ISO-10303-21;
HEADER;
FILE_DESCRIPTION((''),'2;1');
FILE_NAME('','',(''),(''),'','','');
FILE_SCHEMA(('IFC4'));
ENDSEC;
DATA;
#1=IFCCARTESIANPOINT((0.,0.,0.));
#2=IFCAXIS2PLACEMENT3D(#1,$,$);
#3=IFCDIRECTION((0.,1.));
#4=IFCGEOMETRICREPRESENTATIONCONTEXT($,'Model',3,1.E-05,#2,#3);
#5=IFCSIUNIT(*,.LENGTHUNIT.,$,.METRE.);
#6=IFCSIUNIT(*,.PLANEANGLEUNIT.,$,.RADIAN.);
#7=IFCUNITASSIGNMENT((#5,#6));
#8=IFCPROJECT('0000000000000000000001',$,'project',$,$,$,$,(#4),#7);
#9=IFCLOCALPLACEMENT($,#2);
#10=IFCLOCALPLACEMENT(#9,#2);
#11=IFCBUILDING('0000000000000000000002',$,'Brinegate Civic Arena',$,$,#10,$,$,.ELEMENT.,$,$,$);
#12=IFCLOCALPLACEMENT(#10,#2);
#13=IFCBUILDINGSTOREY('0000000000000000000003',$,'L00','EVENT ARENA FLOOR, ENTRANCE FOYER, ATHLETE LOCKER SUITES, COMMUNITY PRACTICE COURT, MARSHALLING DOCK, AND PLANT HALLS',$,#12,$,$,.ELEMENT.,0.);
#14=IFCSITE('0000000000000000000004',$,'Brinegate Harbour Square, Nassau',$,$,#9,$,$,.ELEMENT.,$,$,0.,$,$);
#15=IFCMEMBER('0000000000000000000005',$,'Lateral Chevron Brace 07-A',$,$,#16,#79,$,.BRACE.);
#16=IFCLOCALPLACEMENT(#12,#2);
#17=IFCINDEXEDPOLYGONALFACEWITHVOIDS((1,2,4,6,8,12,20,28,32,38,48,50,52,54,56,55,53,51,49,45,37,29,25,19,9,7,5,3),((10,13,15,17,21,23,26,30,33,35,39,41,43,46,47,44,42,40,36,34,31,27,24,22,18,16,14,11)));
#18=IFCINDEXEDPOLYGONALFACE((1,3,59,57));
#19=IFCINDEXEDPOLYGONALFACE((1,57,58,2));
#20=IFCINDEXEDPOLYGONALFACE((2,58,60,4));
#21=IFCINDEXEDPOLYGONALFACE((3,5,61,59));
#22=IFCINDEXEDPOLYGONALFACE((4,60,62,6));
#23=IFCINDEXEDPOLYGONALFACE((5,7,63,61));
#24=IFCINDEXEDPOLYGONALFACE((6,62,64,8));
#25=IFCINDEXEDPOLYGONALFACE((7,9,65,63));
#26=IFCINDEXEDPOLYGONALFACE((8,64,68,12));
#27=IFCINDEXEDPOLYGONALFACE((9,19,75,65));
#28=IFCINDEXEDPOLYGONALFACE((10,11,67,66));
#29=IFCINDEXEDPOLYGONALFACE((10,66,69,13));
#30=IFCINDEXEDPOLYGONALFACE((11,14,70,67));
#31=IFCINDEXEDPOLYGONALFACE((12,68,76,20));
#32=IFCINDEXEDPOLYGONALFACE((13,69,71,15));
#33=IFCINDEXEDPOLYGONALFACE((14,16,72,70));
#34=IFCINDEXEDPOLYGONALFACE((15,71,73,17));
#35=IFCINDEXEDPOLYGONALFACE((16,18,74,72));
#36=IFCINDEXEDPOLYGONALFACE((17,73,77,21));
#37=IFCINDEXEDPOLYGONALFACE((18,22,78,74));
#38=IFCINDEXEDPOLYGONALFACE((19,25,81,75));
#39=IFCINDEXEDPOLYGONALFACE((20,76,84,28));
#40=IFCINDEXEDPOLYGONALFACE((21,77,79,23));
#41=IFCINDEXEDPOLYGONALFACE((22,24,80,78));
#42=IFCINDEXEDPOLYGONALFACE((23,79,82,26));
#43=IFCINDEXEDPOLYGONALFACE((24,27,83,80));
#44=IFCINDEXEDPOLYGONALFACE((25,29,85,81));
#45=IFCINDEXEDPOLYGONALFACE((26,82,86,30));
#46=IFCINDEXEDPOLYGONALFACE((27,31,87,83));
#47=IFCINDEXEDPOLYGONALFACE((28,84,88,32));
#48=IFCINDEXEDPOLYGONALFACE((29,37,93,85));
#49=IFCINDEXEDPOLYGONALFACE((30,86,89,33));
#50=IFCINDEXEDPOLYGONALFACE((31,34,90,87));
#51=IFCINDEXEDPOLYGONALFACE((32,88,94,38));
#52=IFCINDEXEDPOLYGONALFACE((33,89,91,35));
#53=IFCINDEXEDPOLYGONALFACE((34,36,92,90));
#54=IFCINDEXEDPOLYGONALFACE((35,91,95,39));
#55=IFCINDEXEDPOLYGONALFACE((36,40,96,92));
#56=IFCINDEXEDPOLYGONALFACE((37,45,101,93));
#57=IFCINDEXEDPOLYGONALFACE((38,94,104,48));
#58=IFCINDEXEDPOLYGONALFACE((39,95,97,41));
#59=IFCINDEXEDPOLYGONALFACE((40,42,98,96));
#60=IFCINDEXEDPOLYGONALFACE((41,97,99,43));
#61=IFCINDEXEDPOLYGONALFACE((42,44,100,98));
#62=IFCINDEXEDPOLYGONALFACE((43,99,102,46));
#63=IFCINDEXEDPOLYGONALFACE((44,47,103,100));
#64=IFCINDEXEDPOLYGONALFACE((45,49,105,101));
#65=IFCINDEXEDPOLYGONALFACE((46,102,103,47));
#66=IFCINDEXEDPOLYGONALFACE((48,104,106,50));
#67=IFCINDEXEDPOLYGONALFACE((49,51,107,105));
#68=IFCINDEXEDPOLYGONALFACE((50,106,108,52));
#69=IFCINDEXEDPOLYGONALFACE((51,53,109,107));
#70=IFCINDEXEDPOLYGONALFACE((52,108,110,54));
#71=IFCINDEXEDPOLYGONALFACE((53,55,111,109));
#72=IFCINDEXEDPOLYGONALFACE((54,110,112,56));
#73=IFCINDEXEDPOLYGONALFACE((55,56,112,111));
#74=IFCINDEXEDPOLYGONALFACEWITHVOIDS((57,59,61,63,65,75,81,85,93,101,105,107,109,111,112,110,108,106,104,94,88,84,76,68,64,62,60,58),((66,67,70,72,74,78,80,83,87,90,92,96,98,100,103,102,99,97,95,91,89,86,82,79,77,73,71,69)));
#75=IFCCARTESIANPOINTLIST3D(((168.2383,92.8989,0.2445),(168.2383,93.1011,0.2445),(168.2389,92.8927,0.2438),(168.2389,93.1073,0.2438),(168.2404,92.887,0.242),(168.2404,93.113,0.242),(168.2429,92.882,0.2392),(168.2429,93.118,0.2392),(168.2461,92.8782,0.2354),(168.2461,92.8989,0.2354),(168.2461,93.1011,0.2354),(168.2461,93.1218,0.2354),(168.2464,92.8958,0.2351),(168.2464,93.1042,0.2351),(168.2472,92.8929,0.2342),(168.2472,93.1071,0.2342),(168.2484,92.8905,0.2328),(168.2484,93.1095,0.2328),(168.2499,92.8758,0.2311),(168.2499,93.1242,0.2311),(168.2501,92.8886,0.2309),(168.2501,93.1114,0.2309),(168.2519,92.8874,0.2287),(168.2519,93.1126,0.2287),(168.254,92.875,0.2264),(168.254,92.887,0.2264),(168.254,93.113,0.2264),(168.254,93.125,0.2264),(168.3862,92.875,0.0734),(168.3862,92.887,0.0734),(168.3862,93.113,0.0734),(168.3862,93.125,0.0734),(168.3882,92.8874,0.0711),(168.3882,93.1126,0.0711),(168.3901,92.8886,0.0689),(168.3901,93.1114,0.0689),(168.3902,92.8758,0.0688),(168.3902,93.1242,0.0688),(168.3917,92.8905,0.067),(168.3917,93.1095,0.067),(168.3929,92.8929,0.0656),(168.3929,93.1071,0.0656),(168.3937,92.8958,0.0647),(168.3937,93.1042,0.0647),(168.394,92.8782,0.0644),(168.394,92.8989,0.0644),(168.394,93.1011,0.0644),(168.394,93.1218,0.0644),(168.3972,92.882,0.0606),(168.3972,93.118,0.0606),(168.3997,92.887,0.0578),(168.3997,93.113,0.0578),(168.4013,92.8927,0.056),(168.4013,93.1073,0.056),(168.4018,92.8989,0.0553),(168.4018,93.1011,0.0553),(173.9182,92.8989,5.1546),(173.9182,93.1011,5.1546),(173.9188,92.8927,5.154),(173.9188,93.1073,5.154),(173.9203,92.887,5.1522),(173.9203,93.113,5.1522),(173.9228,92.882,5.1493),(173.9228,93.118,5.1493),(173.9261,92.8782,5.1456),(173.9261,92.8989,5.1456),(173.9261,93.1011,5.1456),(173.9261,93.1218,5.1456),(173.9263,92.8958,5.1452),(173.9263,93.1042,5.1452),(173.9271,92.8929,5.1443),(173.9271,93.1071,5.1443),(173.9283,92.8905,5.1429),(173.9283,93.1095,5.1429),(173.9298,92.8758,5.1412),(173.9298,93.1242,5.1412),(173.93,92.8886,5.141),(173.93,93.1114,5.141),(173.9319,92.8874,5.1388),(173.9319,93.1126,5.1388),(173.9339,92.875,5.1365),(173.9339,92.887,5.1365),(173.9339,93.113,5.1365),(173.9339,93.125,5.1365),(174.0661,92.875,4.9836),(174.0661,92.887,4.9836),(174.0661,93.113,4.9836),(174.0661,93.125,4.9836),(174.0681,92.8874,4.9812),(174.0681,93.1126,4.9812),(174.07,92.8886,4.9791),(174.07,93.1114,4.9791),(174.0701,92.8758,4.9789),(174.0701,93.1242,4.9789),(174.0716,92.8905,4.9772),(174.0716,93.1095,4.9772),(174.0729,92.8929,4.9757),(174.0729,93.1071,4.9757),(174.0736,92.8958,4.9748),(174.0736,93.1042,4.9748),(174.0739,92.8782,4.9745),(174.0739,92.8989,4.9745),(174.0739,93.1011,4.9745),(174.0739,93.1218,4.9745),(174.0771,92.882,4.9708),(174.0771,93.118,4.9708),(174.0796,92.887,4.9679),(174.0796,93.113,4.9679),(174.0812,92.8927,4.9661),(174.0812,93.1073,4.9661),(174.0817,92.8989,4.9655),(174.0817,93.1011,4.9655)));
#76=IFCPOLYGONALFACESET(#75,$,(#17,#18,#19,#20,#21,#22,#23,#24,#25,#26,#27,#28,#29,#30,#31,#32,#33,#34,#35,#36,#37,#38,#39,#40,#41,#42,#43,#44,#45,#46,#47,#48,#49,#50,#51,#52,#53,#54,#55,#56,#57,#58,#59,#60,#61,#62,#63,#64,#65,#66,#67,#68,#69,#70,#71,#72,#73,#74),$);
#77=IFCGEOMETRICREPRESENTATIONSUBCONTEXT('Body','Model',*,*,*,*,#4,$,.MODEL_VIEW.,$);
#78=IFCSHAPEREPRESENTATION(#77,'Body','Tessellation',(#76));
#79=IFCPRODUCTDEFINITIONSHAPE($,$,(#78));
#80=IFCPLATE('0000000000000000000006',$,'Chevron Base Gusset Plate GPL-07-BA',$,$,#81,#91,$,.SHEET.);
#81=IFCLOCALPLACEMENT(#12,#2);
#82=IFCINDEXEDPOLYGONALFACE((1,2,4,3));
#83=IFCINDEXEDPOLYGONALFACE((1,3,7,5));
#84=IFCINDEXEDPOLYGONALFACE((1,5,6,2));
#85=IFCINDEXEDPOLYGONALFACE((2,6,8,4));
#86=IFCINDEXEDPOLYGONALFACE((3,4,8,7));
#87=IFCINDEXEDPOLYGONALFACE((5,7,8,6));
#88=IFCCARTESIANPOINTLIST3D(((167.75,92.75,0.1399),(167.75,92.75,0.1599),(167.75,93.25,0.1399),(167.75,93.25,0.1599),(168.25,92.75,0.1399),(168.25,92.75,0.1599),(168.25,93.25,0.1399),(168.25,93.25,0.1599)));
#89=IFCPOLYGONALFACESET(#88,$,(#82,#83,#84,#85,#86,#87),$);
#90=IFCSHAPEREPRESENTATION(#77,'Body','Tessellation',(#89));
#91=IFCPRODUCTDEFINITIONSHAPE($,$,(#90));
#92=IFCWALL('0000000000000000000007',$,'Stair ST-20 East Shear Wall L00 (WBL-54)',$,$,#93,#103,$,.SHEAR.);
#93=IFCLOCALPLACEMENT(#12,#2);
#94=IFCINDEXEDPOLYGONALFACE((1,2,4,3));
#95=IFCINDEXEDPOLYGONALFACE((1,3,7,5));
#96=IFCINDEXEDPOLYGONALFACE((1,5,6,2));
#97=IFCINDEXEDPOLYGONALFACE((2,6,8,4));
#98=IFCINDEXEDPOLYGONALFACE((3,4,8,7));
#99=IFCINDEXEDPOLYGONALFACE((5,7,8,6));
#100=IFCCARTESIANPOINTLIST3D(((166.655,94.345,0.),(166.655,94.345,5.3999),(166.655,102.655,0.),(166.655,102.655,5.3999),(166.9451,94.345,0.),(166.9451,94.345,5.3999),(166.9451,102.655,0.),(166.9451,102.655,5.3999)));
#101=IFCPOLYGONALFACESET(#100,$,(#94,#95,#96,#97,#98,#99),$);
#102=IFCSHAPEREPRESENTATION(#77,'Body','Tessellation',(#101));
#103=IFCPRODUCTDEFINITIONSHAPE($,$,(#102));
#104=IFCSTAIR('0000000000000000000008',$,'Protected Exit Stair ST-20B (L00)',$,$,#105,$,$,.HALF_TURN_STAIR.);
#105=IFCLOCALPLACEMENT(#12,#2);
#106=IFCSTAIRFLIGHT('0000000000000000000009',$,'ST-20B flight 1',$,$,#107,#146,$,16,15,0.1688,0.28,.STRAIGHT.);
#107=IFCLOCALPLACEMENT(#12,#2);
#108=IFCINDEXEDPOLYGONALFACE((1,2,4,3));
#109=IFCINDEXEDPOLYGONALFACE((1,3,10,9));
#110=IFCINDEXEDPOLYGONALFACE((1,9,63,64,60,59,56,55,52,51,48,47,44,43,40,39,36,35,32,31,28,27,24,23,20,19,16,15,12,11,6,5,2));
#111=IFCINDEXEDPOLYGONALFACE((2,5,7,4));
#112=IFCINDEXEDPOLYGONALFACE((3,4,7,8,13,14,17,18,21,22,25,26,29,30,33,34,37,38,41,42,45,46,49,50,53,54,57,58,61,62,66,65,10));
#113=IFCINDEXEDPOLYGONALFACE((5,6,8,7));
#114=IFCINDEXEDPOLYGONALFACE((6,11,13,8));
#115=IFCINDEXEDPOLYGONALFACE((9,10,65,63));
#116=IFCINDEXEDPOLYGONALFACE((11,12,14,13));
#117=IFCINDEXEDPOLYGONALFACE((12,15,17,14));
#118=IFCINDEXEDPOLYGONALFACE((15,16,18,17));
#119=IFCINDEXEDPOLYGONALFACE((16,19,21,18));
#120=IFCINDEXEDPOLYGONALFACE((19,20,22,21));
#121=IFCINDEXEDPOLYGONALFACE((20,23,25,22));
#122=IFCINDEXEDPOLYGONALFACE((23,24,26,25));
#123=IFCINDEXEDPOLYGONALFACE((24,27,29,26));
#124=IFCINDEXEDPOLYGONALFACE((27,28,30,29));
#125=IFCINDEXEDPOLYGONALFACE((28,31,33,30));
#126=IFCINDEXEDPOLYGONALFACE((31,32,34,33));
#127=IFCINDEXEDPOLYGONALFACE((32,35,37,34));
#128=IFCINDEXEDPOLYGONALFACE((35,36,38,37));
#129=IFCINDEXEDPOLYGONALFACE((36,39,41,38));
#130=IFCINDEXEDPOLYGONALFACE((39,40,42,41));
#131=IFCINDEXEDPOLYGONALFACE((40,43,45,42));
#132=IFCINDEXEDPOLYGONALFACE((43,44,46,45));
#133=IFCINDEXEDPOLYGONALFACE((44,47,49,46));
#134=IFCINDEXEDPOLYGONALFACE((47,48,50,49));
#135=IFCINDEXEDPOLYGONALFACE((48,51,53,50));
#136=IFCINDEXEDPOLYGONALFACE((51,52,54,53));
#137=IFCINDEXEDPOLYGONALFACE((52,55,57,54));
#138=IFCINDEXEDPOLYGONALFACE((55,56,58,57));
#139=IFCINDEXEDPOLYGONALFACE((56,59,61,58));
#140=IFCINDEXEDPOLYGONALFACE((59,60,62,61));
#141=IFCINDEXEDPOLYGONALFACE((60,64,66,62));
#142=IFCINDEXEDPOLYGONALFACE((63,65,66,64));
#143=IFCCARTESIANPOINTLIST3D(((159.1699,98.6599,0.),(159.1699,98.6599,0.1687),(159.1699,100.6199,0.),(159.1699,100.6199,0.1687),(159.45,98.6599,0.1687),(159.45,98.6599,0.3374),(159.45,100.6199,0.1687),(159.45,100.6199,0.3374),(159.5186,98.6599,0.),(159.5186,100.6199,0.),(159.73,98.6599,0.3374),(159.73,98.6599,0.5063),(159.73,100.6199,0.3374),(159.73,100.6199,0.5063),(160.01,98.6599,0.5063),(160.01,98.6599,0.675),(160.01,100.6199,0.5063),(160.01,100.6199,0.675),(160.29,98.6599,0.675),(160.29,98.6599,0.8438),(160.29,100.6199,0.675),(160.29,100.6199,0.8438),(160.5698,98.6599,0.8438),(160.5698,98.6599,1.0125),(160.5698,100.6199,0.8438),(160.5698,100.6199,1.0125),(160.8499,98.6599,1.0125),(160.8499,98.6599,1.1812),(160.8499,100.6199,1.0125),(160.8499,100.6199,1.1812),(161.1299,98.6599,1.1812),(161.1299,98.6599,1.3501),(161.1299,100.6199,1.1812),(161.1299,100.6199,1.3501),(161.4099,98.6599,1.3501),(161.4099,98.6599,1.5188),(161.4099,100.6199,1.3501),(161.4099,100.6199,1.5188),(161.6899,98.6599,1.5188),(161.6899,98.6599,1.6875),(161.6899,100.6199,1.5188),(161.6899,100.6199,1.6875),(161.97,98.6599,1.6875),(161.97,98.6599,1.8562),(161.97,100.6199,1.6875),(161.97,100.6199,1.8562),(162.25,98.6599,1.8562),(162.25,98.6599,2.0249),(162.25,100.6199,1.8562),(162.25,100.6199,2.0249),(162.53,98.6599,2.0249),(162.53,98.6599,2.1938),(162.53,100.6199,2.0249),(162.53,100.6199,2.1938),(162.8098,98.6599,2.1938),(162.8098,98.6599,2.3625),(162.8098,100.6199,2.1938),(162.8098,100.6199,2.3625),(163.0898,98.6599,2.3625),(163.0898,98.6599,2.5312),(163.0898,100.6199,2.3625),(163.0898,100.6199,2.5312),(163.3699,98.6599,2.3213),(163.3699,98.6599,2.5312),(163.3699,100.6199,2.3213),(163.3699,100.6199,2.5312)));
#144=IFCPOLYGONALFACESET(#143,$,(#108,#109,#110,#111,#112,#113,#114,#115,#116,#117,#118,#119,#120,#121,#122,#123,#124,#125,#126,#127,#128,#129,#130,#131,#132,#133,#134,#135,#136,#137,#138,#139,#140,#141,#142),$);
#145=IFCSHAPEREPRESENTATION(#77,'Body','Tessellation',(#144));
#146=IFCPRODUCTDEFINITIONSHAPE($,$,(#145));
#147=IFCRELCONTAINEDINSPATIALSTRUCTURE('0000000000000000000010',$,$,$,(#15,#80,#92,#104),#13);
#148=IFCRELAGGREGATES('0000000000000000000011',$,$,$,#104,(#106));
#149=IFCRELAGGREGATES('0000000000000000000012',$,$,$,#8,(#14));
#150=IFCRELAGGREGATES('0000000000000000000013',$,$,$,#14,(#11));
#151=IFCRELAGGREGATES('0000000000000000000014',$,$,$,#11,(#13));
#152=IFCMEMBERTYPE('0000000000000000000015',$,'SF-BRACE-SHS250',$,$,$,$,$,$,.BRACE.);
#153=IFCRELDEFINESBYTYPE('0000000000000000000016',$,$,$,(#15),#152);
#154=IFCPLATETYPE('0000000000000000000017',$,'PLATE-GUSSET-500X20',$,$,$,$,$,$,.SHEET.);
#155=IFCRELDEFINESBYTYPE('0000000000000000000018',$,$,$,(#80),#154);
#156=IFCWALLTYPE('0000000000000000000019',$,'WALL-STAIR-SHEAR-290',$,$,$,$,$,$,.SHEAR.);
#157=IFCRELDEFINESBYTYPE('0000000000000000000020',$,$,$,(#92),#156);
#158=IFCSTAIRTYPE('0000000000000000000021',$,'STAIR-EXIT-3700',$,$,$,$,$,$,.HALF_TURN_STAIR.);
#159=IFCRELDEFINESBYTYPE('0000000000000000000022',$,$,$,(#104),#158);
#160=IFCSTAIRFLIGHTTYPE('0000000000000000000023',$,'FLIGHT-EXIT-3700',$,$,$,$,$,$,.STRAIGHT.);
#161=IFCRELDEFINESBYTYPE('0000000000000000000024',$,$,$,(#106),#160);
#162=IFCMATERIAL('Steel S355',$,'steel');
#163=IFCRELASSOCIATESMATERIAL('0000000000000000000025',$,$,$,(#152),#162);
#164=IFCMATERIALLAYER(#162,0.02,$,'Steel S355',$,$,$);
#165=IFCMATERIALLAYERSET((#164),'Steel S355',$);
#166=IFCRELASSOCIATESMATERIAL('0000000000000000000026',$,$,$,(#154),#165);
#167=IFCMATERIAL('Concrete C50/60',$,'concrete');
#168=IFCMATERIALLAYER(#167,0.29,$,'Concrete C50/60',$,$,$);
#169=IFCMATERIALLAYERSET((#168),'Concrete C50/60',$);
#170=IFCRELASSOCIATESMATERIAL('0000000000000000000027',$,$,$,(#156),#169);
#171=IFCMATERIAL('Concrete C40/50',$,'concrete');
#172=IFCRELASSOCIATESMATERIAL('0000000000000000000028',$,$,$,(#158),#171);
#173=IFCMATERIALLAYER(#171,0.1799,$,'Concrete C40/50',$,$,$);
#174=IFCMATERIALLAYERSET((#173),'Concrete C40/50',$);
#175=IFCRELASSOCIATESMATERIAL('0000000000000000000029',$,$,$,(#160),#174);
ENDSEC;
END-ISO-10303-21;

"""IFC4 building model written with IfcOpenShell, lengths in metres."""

from ifc_helpers import new_model, si_unit, direction, frame, frame_2d, origin, origin_2d, place, context, subcontext, project, spatial, polyline, rectangle, hollow_rectangle, outline, extrude, material, layer, layer_set, material_profile, profile_set, type_object, element, aggregate, save


model = new_model("IFC4")

# Units and contexts
model_context = context("Model", 3, precision=1e-05, world=origin(), true_north=direction((0.0, 1.0)))
body_context = subcontext(model_context, "Body", "Model", "MODEL_VIEW")
ifc_project = project(units=[si_unit("LENGTHUNIT", "METRE"), si_unit("PLANEANGLEUNIT", "RADIAN")], contexts=[model_context])

# Site, building, storey
site_placement = place(None, origin())
site = spatial("IfcSite", under=ifc_project, at=site_placement, Name="Brinegate Harbour Square, Nassau", CompositionType="ELEMENT", RefElevation=0.0)
building_placement = place(site_placement, origin())
building = spatial("IfcBuilding", under=site, at=building_placement, Name="Brinegate Civic Arena", CompositionType="ELEMENT")
storey_placement = place(building_placement, origin())
storey = spatial("IfcBuildingStorey", under=building, at=storey_placement, Name="L00", Description="EVENT ARENA FLOOR, ENTRANCE FOYER, ATHLETE LOCKER SUITES, COMMUNITY PRACTICE COURT, MARSHALLING DOCK, AND PLANT HALLS", CompositionType="ELEMENT", Elevation=0.0)

# Shared definitions
ifc_material_1 = material(Name="Concrete C40/50", Category="concrete")

# Shared definitions
ifc_material_2 = material(Name="Steel S355", Category="steel")

# Member
ifc_material_profile_1 = material_profile(ifc_material_2, hollow_rectangle(XDim=0.25, YDim=0.25, WallThickness=0.012, InnerFilletRadius=0.012, OuterFilletRadius=0.0239, at=origin_2d()), Name="SHS250X12")
ifc_profile_set_1 = profile_set([ifc_material_profile_1], Name="Steel S355")
member_type = type_object("IfcMemberType", Name="SF-BRACE-SHS250", PredefinedType="BRACE", material=ifc_profile_set_1)
member_placement = place(storey_placement, frame((168.3201, 93.0, 0.1499), z_axis=(0.756509, 0.0, 0.653983), x_axis=(0.0, 1.0, 0.0)))
element("IfcMember", 1, at=member_placement, inside=storey, type_object=member_type, Name="Lateral Chevron Brace 07-A", PredefinedType="BRACE", context=body_context, shape_type="SweptSolid", body=[
    extrude(hollow_rectangle(XDim=0.25, YDim=0.25, WallThickness=0.012, InnerFilletRadius=0.012, OuterFilletRadius=0.0239, at=origin_2d()), origin(), (0.0, 0.0, 1.0), 7.5081),
])

# Plate
ifc_layer_1 = layer(ifc_material_2, 0.02, Name="Steel S355")
ifc_layer_set_1 = layer_set([ifc_layer_1], Name="Steel S355")
plate_type = type_object("IfcPlateType", Name="PLATE-GUSSET-500X20", PredefinedType="SHEET", material=ifc_layer_set_1)
plate_placement = place(storey_placement, frame((168.0, 93.0, 0.1399), z_axis=(0.0, 0.0, 1.0), x_axis=(1.0, 0.0, 0.0)))
element("IfcPlate", 2, at=plate_placement, inside=storey, type_object=plate_type, Name="Chevron Base Gusset Plate GPL-07-BA", PredefinedType="SHEET", context=body_context, shape_type="SweptSolid", body=[
    extrude(rectangle(XDim=0.5, YDim=0.5, at=origin_2d()), origin(), (0.0, 0.0, 1.0), 0.02),
])

# Wall
ifc_material_3 = material(Name="Concrete C50/60", Category="concrete")
ifc_layer_2 = layer(ifc_material_3, 0.29, Name="Concrete C50/60")
ifc_layer_set_2 = layer_set([ifc_layer_2], Name="Concrete C50/60")
wall_type_1 = type_object("IfcWallType", Name="WALL-STAIR-SHEAR-290", PredefinedType="SHEAR", material=ifc_layer_set_2)
wall_1_placement = place(storey_placement, frame((166.8, 94.345, 0.0), z_axis=(0.0, 0.0, 1.0), x_axis=(0.0, 1.0, 0.0)))
element("IfcWall", 3, at=wall_1_placement, inside=storey, type_object=wall_type_1, Name="Stair ST-20 East Shear Wall L00 (WBL-54)", PredefinedType="SHEAR", context=body_context, shape_type="SweptSolid", body=[
    extrude(rectangle(XDim=8.3101, YDim=0.29, at=frame_2d((4.155, 0.0))), origin(), (0.0, 0.0, 1.0), 5.3999),
])

# Stair, stair flight
stair_type_1 = type_object("IfcStairType", Name="STAIR-EXIT-3700", PredefinedType="HALF_TURN_STAIR", material=ifc_material_1)
stair_1_placement = place(storey_placement, origin())
stair_1 = element("IfcStair", 4, at=stair_1_placement, inside=storey, type_object=stair_type_1, Name="Protected Exit Stair ST-20B (L00)", PredefinedType="HALF_TURN_STAIR")
ifc_layer_3 = layer(ifc_material_1, 0.1799, Name="Concrete C40/50")
ifc_layer_set_3 = layer_set([ifc_layer_3], Name="Concrete C40/50")
stair_flight_type_1 = type_object("IfcStairFlightType", Name="FLIGHT-EXIT-3700", PredefinedType="STRAIGHT", material=ifc_layer_set_3)
stair_flight_1_placement = place(storey_placement, frame((159.1699, 99.6399, 0.0), z_axis=(0.0, 0.0, 1.0), x_axis=(1.0, 0.0, 0.0)))
stair_flight_1 = element("IfcStairFlight", 5, at=stair_flight_1_placement, type_object=stair_flight_type_1, Name="ST-20B flight 1", NumberOfRisers=16, NumberOfTreads=15, PredefinedType="STRAIGHT", RiserHeight=0.1688, TreadLength=0.28, context=body_context, shape_type="SweptSolid", body=[
    extrude(outline(polyline([(0.0, 0.0), (0.0, 0.1687), (0.28, 0.1687), (0.28, 0.3374), (0.5601, 0.3374), (0.5601, 0.5063), (0.8401, 0.5063), (0.8401, 0.675), (1.1201, 0.675), (1.1201, 0.8438), (1.3999, 0.8438), (1.3999, 1.0125), (1.6799, 1.0125), (1.6799, 1.1812), (1.96, 1.1812), (1.96, 1.3501), (2.24, 1.3501), (2.24, 1.5188), (2.52, 1.5188), (2.52, 1.6875), (2.8, 1.6875), (2.8, 1.8562), (3.0801, 1.8562), (3.0801, 2.0249), (3.3601, 2.0249), (3.3601, 2.1938), (3.6399, 2.1938), (3.6399, 2.3625), (3.9199, 2.3625), (3.9199, 2.5312), (4.2, 2.5312), (4.2, 2.7), (4.2, 2.3213), (0.3486, 0.0), (0.0, 0.0)])), frame((0.0, 0.98, 0.0), z_axis=(0.0, -1.0, 0.0), x_axis=(1.0, 0.0, 0.0)), (0.0, 0.0, 1.0), 1.96),
])
aggregate(stair_1, [stair_flight_1])

save(model, "model.ifc")
